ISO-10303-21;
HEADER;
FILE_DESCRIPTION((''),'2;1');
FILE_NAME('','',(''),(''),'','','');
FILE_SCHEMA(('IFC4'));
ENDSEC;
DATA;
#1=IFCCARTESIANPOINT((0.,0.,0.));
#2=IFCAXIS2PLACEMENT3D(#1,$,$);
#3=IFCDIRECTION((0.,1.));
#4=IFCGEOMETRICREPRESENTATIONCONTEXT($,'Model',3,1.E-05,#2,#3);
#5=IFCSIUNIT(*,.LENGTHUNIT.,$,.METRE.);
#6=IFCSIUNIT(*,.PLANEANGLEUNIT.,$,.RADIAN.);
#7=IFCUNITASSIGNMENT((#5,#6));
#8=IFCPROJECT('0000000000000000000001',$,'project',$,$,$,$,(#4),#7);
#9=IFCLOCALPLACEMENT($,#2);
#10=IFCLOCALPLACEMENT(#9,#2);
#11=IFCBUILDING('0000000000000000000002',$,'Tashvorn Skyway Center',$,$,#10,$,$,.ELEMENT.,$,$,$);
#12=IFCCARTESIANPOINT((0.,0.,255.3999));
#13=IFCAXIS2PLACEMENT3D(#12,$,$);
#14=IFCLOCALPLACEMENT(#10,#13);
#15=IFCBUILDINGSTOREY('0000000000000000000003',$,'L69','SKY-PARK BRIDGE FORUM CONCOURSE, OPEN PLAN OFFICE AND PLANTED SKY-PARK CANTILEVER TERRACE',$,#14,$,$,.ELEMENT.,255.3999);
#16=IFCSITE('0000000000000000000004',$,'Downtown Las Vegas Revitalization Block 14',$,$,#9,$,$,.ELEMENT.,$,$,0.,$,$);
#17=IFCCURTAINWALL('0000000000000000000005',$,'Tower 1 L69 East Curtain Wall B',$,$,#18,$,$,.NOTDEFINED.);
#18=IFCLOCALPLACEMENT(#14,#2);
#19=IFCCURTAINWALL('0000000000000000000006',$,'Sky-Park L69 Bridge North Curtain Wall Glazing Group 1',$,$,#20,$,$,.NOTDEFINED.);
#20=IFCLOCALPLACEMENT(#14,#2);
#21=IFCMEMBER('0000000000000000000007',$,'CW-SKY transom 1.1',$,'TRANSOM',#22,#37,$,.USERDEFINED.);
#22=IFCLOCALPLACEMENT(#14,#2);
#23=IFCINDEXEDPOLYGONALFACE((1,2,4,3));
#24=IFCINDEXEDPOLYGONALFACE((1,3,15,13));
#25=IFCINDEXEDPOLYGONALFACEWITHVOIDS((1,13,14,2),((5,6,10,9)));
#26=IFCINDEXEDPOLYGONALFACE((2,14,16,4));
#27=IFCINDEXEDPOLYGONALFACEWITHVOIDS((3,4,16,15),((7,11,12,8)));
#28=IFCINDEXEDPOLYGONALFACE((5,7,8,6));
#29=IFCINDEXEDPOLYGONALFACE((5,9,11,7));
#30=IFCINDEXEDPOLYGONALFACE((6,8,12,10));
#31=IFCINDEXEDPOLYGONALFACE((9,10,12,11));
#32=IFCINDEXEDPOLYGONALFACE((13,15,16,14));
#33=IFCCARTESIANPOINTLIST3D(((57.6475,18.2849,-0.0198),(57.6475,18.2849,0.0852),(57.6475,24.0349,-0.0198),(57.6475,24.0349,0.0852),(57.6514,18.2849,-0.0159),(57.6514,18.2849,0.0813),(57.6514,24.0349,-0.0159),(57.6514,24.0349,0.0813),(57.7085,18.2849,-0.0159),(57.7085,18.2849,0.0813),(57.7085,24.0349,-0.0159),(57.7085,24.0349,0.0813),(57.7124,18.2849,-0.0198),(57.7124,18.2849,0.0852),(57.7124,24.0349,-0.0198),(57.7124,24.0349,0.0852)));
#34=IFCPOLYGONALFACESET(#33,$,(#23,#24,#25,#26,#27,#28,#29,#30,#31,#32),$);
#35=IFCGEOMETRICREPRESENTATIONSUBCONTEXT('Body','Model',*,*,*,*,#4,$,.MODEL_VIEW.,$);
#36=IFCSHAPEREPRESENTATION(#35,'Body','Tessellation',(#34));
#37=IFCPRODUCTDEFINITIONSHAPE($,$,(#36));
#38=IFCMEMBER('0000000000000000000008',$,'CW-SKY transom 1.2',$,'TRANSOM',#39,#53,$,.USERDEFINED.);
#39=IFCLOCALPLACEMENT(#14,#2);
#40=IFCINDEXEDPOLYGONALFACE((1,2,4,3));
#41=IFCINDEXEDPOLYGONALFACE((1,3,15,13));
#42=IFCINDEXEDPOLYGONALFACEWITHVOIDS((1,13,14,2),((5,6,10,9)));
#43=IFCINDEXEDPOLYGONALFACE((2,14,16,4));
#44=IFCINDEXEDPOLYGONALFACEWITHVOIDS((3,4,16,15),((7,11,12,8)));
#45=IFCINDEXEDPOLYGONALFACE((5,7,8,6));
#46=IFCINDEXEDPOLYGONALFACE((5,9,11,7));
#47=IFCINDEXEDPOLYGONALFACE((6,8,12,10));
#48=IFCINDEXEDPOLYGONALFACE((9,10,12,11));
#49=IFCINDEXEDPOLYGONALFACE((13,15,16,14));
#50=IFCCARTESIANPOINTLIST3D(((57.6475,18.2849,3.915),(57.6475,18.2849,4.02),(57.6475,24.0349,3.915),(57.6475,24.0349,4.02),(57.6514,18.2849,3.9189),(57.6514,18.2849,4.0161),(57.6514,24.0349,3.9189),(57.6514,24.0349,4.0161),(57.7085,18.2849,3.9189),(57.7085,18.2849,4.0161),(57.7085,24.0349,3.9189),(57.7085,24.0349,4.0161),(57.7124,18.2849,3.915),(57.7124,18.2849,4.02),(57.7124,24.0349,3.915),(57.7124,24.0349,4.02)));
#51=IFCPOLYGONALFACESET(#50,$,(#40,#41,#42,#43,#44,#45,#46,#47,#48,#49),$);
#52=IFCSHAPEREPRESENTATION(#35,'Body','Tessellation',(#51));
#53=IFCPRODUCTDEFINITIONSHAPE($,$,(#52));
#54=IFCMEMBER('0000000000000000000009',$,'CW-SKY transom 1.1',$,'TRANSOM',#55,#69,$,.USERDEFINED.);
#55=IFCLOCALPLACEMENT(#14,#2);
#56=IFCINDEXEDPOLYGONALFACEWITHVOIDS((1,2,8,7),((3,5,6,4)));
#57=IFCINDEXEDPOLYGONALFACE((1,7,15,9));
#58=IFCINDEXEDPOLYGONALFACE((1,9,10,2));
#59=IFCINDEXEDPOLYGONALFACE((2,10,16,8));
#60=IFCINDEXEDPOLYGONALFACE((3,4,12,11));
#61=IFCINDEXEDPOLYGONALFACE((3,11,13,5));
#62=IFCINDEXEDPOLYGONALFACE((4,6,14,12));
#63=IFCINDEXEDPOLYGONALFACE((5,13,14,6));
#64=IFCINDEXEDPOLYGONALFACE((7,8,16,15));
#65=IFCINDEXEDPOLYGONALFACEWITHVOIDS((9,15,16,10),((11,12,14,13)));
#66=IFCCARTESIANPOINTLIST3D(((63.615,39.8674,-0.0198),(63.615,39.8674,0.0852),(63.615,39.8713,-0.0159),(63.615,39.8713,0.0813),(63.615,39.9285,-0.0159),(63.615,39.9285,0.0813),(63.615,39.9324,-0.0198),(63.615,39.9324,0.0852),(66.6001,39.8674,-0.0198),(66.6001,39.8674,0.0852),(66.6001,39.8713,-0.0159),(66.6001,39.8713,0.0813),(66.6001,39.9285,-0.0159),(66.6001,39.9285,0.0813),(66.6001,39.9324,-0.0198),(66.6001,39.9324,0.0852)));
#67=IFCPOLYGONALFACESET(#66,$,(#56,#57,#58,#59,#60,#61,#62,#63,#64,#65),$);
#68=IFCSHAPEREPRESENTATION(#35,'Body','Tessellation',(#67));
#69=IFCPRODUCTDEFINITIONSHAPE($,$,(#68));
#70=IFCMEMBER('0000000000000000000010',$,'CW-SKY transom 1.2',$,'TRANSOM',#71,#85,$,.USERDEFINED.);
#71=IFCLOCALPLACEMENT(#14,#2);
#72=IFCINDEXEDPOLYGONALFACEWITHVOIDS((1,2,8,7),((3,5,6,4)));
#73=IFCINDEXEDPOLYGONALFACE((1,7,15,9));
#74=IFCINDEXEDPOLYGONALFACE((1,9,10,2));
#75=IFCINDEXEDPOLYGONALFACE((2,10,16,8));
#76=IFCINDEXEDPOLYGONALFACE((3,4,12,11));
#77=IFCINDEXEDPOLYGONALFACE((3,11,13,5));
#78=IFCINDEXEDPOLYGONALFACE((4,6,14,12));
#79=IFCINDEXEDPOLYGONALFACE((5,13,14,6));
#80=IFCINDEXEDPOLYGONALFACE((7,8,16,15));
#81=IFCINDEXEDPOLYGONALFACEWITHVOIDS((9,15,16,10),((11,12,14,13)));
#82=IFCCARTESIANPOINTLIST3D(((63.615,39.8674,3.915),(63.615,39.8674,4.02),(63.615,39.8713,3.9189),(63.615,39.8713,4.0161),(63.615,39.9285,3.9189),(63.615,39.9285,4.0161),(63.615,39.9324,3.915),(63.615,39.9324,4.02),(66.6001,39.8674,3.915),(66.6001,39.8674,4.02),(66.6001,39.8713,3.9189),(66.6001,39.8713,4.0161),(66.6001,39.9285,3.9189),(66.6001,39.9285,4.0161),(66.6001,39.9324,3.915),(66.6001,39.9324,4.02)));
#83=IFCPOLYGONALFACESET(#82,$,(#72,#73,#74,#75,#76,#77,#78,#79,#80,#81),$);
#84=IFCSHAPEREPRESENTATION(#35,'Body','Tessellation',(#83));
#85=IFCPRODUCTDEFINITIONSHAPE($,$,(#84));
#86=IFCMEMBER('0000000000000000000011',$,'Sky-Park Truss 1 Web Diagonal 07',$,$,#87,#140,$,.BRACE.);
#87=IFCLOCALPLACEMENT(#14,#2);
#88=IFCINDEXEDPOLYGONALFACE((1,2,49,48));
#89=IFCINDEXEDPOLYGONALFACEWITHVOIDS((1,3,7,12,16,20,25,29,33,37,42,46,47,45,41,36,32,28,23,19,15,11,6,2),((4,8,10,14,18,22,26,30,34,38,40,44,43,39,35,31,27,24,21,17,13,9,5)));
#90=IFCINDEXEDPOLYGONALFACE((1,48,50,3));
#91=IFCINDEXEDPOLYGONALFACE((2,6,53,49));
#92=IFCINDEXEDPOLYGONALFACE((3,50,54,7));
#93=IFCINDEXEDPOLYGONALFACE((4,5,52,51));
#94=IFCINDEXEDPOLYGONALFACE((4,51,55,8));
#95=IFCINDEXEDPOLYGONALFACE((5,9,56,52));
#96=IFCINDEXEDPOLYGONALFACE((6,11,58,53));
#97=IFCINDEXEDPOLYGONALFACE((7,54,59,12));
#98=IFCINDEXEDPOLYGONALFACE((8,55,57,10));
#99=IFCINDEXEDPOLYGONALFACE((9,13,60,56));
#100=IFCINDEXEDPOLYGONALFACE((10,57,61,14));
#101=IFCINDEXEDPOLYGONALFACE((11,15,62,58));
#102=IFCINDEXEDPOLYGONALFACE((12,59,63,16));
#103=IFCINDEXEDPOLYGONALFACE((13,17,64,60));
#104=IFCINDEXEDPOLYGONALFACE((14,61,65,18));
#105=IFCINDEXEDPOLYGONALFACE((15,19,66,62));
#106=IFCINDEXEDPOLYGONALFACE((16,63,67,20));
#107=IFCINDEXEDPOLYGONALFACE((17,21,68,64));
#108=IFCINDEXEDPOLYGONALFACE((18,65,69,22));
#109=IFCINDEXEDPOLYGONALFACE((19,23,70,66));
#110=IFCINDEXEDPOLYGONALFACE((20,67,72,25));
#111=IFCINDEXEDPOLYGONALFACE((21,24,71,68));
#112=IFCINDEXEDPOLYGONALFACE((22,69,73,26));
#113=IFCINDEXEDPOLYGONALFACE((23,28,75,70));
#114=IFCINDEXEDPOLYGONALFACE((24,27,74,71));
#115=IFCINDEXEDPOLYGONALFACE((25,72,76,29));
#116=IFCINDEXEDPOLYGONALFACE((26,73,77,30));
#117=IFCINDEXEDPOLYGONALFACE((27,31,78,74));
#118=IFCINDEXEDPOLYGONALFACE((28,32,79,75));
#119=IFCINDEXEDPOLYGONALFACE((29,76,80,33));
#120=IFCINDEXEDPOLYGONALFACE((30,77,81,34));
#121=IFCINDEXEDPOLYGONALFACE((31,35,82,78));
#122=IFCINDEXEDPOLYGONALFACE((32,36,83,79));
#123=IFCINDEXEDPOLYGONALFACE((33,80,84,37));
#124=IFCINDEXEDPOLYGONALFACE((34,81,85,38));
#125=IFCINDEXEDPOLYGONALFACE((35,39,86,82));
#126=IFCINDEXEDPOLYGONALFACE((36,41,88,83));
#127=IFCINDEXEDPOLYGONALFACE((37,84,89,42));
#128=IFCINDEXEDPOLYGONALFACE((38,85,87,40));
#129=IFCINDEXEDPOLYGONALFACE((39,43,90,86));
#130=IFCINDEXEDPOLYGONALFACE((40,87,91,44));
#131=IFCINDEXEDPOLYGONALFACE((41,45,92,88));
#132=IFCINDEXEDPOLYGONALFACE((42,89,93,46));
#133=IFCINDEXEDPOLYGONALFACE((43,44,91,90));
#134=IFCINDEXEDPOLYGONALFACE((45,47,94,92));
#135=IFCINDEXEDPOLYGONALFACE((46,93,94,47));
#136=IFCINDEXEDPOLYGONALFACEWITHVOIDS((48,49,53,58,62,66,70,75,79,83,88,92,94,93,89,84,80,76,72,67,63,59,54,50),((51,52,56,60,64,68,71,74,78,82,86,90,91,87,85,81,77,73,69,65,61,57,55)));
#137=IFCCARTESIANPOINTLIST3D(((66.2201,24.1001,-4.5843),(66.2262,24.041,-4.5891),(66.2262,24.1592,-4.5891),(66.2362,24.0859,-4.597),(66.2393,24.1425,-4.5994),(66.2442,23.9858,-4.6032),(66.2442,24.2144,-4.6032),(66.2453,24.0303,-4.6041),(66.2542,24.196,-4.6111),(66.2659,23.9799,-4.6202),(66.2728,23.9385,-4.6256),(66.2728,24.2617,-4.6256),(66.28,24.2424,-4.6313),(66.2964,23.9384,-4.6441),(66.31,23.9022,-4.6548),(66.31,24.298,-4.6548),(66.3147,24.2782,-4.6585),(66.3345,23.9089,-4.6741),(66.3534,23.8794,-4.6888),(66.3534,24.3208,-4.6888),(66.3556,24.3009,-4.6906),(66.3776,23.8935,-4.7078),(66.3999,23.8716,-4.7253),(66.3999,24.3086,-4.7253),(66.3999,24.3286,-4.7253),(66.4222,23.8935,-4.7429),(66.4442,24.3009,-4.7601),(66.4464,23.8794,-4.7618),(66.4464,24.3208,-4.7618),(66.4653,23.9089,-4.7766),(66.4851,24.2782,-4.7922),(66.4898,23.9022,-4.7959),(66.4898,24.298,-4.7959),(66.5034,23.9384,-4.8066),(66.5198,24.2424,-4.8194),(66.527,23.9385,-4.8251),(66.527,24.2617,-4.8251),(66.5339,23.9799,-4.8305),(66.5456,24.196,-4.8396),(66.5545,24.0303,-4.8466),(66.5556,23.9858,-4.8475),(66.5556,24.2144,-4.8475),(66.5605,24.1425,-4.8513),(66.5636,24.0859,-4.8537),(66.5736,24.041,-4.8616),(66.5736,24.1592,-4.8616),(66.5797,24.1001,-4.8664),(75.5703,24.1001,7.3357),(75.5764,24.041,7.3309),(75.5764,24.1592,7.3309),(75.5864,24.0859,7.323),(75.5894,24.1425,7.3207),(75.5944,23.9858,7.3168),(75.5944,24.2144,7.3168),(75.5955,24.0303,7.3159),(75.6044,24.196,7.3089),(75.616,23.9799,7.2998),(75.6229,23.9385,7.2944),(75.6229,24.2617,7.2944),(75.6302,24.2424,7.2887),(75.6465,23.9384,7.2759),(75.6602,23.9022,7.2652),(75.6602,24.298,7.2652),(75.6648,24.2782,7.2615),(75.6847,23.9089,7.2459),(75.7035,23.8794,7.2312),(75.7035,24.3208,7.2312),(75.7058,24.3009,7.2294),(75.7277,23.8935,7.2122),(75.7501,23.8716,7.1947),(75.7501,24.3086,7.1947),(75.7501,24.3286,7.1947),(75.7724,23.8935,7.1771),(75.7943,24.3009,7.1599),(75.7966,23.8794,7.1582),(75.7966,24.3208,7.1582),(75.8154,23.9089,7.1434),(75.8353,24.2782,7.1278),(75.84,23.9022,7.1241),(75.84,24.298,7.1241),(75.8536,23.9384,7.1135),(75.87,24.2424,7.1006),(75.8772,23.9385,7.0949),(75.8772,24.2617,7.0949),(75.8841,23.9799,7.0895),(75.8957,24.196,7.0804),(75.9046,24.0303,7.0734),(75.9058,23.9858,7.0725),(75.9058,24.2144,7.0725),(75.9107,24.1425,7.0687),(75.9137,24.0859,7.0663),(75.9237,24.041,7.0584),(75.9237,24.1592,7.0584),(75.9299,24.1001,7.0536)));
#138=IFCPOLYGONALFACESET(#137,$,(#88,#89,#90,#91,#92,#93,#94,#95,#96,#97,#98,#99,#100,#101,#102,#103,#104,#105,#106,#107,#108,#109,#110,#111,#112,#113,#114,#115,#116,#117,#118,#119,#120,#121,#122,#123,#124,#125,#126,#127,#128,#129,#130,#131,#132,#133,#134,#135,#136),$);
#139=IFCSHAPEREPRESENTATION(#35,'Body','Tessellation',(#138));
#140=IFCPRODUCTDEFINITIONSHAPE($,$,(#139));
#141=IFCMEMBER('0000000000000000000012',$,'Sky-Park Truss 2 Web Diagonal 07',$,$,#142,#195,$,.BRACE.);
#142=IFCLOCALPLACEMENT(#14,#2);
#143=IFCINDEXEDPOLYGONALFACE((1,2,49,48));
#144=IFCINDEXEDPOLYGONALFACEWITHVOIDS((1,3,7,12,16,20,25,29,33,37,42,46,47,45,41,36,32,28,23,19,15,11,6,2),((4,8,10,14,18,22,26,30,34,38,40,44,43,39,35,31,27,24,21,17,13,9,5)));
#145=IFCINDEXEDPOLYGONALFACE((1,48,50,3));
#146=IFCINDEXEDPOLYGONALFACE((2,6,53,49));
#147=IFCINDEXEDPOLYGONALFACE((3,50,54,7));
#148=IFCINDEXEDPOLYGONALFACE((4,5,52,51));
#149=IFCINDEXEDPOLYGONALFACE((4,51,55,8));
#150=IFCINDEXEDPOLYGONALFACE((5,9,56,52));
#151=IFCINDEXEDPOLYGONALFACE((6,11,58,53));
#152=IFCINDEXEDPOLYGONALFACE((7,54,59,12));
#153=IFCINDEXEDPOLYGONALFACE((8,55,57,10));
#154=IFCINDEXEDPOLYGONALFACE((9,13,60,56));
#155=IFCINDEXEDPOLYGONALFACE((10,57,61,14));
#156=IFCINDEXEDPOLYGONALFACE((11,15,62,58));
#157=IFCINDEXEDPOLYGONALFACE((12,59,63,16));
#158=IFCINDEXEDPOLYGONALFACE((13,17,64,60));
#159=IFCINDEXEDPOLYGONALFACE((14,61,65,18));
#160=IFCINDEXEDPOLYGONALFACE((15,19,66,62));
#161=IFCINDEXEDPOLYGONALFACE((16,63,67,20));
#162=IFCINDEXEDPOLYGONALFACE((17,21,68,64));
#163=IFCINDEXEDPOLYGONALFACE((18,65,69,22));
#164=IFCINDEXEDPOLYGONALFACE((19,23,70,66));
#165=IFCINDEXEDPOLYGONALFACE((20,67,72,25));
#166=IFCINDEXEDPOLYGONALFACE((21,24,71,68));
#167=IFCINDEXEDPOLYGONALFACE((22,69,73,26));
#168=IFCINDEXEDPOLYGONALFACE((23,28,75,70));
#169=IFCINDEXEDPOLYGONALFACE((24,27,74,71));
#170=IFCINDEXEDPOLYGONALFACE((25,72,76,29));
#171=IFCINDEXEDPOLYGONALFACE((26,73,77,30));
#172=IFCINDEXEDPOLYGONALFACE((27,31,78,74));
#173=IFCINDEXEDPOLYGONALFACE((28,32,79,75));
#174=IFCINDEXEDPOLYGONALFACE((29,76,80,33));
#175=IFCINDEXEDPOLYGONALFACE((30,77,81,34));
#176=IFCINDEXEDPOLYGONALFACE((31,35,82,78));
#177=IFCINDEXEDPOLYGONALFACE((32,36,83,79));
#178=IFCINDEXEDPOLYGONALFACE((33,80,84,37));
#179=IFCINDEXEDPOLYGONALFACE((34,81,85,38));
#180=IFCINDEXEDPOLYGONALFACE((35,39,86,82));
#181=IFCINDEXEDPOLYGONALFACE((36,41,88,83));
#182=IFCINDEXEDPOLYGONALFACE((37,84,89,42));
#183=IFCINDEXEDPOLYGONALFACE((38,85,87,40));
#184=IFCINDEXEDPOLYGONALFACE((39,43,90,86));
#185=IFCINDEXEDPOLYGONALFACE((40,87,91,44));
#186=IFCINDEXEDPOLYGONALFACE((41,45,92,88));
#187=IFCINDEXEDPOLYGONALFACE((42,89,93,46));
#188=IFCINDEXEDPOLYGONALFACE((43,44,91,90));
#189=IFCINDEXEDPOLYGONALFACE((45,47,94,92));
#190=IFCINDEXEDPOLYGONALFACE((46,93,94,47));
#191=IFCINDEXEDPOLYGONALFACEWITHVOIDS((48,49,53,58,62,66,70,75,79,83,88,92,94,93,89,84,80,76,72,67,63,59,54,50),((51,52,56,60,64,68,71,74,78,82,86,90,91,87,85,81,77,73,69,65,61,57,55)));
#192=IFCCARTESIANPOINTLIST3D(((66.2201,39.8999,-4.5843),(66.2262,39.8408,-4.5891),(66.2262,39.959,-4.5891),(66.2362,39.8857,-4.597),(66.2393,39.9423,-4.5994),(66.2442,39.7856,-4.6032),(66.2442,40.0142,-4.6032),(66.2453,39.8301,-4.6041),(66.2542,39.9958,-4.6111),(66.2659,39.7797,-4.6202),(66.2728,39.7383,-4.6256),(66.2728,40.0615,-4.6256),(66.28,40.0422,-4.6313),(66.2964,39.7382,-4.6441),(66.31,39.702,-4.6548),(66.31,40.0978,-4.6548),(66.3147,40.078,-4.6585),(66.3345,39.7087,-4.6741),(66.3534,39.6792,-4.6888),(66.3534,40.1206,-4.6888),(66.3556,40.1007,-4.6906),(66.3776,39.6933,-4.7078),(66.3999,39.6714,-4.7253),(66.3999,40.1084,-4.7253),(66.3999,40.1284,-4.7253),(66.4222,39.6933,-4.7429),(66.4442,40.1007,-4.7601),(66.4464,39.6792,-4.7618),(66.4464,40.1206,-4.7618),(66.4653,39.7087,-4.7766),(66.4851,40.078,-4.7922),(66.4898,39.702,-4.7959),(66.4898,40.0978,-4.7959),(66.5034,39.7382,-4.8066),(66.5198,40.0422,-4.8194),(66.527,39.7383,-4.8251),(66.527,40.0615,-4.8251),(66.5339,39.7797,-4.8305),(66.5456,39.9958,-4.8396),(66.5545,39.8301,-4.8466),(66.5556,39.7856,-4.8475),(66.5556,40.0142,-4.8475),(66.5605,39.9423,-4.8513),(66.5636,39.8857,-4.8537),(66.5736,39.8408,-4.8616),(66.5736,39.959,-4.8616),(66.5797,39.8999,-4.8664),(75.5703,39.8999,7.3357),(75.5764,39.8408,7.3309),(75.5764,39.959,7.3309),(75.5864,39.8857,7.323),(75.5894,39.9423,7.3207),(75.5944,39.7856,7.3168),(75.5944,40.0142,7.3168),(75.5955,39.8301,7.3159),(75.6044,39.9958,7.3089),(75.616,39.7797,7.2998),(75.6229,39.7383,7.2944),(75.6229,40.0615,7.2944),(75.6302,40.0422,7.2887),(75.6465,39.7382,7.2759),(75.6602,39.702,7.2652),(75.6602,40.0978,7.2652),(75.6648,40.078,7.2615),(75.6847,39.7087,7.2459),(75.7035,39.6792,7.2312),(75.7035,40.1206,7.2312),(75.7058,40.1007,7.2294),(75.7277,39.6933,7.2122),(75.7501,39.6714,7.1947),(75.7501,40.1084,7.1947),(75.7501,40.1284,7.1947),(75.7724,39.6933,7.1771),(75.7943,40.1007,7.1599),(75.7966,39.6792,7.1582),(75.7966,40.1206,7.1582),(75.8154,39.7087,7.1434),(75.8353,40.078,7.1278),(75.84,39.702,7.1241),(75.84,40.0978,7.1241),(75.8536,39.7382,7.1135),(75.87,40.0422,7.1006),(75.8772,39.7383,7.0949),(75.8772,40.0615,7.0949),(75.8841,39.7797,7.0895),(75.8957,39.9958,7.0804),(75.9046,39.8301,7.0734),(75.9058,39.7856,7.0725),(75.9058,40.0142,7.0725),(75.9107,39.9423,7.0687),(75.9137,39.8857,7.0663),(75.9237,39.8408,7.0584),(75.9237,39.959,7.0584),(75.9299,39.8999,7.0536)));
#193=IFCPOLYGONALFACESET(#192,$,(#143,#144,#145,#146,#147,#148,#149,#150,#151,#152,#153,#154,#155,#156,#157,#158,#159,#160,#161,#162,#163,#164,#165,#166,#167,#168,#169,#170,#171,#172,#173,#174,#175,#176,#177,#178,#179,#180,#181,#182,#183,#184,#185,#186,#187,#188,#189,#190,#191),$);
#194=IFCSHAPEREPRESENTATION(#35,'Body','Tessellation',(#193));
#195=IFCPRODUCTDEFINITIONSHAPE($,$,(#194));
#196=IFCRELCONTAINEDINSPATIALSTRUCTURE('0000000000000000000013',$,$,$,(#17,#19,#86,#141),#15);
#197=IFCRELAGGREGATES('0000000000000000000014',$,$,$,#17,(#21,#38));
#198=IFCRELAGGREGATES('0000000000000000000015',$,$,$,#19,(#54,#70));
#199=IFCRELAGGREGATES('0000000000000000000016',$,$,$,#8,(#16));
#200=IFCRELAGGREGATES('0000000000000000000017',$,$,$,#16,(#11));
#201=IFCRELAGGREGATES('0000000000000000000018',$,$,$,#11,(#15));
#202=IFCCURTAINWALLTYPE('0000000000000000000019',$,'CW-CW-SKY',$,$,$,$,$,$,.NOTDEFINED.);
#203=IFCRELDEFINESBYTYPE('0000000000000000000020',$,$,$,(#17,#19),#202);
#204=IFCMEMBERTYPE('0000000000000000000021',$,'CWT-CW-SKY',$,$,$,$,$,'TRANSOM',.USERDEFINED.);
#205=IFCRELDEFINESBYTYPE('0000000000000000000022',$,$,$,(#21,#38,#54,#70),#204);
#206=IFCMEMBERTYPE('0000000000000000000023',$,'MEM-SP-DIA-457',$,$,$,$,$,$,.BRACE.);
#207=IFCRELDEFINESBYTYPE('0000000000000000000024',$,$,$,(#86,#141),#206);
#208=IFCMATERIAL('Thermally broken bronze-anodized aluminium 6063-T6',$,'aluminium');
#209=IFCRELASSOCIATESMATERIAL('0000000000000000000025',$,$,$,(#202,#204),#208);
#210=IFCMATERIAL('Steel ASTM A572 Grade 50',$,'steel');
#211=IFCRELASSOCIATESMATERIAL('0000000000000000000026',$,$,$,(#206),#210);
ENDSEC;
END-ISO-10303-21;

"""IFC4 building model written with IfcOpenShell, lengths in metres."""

from ifc_helpers import new_model, si_unit, direction, frame, origin, origin_2d, place, context, subcontext, project, spatial, hollow_rectangle, hollow_circle, extrude, material, material_profile, profile_set, type_object, element, aggregate, save


model = new_model("IFC4")

# Units and contexts
model_context = context("Model", 3, precision=1e-05, world=origin(), true_north=direction((0.0, 1.0)))
body_context = subcontext(model_context, "Body", "Model", "MODEL_VIEW")
ifc_project = project(units=[si_unit("LENGTHUNIT", "METRE"), si_unit("PLANEANGLEUNIT", "RADIAN")], contexts=[model_context])

# Site, building, storey
site_placement = place(None, origin())
site = spatial("IfcSite", under=ifc_project, at=site_placement, Name="Downtown Las Vegas Revitalization Block 14", CompositionType="ELEMENT", RefElevation=0.0)
building_placement = place(site_placement, origin())
building = spatial("IfcBuilding", under=site, at=building_placement, Name="Tashvorn Skyway Center", CompositionType="ELEMENT")
storey_placement = place(building_placement, frame((0.0, 0.0, 255.3999)))
storey = spatial("IfcBuildingStorey", under=building, at=storey_placement, Name="L69", Description="SKY-PARK BRIDGE FORUM CONCOURSE, OPEN PLAN OFFICE AND PLANTED SKY-PARK CANTILEVER TERRACE", CompositionType="ELEMENT", Elevation=255.3999)

# Curtain wall
ifc_material_1 = material(Name="Thermally broken bronze-anodized aluminium 6063-T6", Category="aluminium")
curtain_wall_type = type_object("IfcCurtainWallType", Name="CW-CW-SKY", PredefinedType="NOTDEFINED", material=ifc_material_1)
curtain_wall_1_placement = place(storey_placement, origin())
curtain_wall_1 = element("IfcCurtainWall", 1, at=curtain_wall_1_placement, inside=storey, type_object=curtain_wall_type, Name="Tower 1 L69 East Curtain Wall B", PredefinedType="NOTDEFINED")

# Curtain wall
curtain_wall_2_placement = place(storey_placement, origin())
curtain_wall_2 = element("IfcCurtainWall", 2, at=curtain_wall_2_placement, inside=storey, type_object=curtain_wall_type, Name="Sky-Park L69 Bridge North Curtain Wall Glazing Group 1", PredefinedType="NOTDEFINED")

# Members
ifc_material_profile_1 = material_profile(ifc_material_1, hollow_rectangle(XDim=0.0649, YDim=0.105, WallThickness=0.0039, at=origin_2d()), Name="ALU-TRAN-65x105")
ifc_profile_set_1 = profile_set([ifc_material_profile_1], Name="Thermally broken bronze-anodized aluminium 6063-T6")
member_type_1 = type_object("IfcMemberType", Name="CWT-CW-SKY", ElementType="TRANSOM", PredefinedType="USERDEFINED", material=ifc_profile_set_1)
member_1_placement = place(storey_placement, frame((57.6799, 24.0349, 0.0327), z_axis=(0.0, -1.0, 0.0), x_axis=(1.0, 0.0, 0.0)))
member_1 = element("IfcMember", 3, at=member_1_placement, type_object=member_type_1, Name="CW-SKY transom 1.1", ObjectType="TRANSOM", PredefinedType="USERDEFINED", context=body_context, shape_type="SweptSolid", body=[
    extrude(hollow_rectangle(XDim=0.0649, YDim=0.105, WallThickness=0.0039, at=origin_2d()), origin(), (0.0, 0.0, 1.0), 5.75),
])
member_2_placement = place(storey_placement, frame((57.6799, 24.0349, 3.9675), z_axis=(0.0, -1.0, 0.0), x_axis=(1.0, 0.0, 0.0)))
member_2 = element("IfcMember", 4, at=member_2_placement, type_object=member_type_1, Name="CW-SKY transom 1.2", ObjectType="TRANSOM", PredefinedType="USERDEFINED", context=body_context, shape_type="SweptSolid", body=[
    extrude(hollow_rectangle(XDim=0.0649, YDim=0.105, WallThickness=0.0039, at=origin_2d()), origin(), (0.0, 0.0, 1.0), 5.75),
])
member_3_placement = place(storey_placement, frame((63.615, 39.8999, 0.0327), z_axis=(1.0, 0.0, 0.0), x_axis=(0.0, 1.0, 0.0)))
member_3 = element("IfcMember", 5, at=member_3_placement, type_object=member_type_1, Name="CW-SKY transom 1.1", ObjectType="TRANSOM", PredefinedType="USERDEFINED", context=body_context, shape_type="SweptSolid", body=[
    extrude(hollow_rectangle(XDim=0.0649, YDim=0.105, WallThickness=0.0039, at=origin_2d()), origin(), (0.0, 0.0, 1.0), 2.9851),
])
member_4_placement = place(storey_placement, frame((63.615, 39.8999, 3.9675), z_axis=(1.0, 0.0, 0.0), x_axis=(0.0, 1.0, 0.0)))
member_4 = element("IfcMember", 6, at=member_4_placement, type_object=member_type_1, Name="CW-SKY transom 1.2", ObjectType="TRANSOM", PredefinedType="USERDEFINED", context=body_context, shape_type="SweptSolid", body=[
    extrude(hollow_rectangle(XDim=0.0649, YDim=0.105, WallThickness=0.0039, at=origin_2d()), origin(), (0.0, 0.0, 1.0), 2.9851),
])

# Members
ifc_material_2 = material(Name="Steel ASTM A572 Grade 50", Category="steel")
ifc_material_profile_2 = material_profile(ifc_material_2, hollow_circle(Radius=0.2285, WallThickness=0.02, at=origin_2d()), Name="CHS457x20")
ifc_profile_set_2 = profile_set([ifc_material_profile_2], Name="Steel ASTM A572 Grade 50")
member_type_2 = type_object("IfcMemberType", Name="MEM-SP-DIA-457", PredefinedType="BRACE", material=ifc_profile_set_2)
for number, where, z_axis, x_axis, name in (
    (7, (66.3999, 24.1001, -4.7253), (0.617186, 0.0, 0.786817), (0.0, 1.0, 0.0), "Sky-Park Truss 1 Web Diagonal 07"),
    (8, (66.3999, 39.8999, -4.7253), (0.617186, 0.0, 0.786817), (0.0, 1.0, 0.0), "Sky-Park Truss 2 Web Diagonal 07"),
):
    element("IfcMember", number, at=place(storey_placement, frame(where, z_axis=z_axis, x_axis=x_axis)), inside=storey, type_object=member_type_2, Name=name, PredefinedType="BRACE", context=body_context, shape_type="SweptSolid", body=[
        extrude(hollow_circle(Radius=0.2285, WallThickness=0.02, at=origin_2d()), origin(), (0.0, 0.0, 1.0), 15.1497),
    ])

aggregate(curtain_wall_1, [member_1, member_2])
aggregate(curtain_wall_2, [member_3, member_4])

save(model, "model.ifc")
